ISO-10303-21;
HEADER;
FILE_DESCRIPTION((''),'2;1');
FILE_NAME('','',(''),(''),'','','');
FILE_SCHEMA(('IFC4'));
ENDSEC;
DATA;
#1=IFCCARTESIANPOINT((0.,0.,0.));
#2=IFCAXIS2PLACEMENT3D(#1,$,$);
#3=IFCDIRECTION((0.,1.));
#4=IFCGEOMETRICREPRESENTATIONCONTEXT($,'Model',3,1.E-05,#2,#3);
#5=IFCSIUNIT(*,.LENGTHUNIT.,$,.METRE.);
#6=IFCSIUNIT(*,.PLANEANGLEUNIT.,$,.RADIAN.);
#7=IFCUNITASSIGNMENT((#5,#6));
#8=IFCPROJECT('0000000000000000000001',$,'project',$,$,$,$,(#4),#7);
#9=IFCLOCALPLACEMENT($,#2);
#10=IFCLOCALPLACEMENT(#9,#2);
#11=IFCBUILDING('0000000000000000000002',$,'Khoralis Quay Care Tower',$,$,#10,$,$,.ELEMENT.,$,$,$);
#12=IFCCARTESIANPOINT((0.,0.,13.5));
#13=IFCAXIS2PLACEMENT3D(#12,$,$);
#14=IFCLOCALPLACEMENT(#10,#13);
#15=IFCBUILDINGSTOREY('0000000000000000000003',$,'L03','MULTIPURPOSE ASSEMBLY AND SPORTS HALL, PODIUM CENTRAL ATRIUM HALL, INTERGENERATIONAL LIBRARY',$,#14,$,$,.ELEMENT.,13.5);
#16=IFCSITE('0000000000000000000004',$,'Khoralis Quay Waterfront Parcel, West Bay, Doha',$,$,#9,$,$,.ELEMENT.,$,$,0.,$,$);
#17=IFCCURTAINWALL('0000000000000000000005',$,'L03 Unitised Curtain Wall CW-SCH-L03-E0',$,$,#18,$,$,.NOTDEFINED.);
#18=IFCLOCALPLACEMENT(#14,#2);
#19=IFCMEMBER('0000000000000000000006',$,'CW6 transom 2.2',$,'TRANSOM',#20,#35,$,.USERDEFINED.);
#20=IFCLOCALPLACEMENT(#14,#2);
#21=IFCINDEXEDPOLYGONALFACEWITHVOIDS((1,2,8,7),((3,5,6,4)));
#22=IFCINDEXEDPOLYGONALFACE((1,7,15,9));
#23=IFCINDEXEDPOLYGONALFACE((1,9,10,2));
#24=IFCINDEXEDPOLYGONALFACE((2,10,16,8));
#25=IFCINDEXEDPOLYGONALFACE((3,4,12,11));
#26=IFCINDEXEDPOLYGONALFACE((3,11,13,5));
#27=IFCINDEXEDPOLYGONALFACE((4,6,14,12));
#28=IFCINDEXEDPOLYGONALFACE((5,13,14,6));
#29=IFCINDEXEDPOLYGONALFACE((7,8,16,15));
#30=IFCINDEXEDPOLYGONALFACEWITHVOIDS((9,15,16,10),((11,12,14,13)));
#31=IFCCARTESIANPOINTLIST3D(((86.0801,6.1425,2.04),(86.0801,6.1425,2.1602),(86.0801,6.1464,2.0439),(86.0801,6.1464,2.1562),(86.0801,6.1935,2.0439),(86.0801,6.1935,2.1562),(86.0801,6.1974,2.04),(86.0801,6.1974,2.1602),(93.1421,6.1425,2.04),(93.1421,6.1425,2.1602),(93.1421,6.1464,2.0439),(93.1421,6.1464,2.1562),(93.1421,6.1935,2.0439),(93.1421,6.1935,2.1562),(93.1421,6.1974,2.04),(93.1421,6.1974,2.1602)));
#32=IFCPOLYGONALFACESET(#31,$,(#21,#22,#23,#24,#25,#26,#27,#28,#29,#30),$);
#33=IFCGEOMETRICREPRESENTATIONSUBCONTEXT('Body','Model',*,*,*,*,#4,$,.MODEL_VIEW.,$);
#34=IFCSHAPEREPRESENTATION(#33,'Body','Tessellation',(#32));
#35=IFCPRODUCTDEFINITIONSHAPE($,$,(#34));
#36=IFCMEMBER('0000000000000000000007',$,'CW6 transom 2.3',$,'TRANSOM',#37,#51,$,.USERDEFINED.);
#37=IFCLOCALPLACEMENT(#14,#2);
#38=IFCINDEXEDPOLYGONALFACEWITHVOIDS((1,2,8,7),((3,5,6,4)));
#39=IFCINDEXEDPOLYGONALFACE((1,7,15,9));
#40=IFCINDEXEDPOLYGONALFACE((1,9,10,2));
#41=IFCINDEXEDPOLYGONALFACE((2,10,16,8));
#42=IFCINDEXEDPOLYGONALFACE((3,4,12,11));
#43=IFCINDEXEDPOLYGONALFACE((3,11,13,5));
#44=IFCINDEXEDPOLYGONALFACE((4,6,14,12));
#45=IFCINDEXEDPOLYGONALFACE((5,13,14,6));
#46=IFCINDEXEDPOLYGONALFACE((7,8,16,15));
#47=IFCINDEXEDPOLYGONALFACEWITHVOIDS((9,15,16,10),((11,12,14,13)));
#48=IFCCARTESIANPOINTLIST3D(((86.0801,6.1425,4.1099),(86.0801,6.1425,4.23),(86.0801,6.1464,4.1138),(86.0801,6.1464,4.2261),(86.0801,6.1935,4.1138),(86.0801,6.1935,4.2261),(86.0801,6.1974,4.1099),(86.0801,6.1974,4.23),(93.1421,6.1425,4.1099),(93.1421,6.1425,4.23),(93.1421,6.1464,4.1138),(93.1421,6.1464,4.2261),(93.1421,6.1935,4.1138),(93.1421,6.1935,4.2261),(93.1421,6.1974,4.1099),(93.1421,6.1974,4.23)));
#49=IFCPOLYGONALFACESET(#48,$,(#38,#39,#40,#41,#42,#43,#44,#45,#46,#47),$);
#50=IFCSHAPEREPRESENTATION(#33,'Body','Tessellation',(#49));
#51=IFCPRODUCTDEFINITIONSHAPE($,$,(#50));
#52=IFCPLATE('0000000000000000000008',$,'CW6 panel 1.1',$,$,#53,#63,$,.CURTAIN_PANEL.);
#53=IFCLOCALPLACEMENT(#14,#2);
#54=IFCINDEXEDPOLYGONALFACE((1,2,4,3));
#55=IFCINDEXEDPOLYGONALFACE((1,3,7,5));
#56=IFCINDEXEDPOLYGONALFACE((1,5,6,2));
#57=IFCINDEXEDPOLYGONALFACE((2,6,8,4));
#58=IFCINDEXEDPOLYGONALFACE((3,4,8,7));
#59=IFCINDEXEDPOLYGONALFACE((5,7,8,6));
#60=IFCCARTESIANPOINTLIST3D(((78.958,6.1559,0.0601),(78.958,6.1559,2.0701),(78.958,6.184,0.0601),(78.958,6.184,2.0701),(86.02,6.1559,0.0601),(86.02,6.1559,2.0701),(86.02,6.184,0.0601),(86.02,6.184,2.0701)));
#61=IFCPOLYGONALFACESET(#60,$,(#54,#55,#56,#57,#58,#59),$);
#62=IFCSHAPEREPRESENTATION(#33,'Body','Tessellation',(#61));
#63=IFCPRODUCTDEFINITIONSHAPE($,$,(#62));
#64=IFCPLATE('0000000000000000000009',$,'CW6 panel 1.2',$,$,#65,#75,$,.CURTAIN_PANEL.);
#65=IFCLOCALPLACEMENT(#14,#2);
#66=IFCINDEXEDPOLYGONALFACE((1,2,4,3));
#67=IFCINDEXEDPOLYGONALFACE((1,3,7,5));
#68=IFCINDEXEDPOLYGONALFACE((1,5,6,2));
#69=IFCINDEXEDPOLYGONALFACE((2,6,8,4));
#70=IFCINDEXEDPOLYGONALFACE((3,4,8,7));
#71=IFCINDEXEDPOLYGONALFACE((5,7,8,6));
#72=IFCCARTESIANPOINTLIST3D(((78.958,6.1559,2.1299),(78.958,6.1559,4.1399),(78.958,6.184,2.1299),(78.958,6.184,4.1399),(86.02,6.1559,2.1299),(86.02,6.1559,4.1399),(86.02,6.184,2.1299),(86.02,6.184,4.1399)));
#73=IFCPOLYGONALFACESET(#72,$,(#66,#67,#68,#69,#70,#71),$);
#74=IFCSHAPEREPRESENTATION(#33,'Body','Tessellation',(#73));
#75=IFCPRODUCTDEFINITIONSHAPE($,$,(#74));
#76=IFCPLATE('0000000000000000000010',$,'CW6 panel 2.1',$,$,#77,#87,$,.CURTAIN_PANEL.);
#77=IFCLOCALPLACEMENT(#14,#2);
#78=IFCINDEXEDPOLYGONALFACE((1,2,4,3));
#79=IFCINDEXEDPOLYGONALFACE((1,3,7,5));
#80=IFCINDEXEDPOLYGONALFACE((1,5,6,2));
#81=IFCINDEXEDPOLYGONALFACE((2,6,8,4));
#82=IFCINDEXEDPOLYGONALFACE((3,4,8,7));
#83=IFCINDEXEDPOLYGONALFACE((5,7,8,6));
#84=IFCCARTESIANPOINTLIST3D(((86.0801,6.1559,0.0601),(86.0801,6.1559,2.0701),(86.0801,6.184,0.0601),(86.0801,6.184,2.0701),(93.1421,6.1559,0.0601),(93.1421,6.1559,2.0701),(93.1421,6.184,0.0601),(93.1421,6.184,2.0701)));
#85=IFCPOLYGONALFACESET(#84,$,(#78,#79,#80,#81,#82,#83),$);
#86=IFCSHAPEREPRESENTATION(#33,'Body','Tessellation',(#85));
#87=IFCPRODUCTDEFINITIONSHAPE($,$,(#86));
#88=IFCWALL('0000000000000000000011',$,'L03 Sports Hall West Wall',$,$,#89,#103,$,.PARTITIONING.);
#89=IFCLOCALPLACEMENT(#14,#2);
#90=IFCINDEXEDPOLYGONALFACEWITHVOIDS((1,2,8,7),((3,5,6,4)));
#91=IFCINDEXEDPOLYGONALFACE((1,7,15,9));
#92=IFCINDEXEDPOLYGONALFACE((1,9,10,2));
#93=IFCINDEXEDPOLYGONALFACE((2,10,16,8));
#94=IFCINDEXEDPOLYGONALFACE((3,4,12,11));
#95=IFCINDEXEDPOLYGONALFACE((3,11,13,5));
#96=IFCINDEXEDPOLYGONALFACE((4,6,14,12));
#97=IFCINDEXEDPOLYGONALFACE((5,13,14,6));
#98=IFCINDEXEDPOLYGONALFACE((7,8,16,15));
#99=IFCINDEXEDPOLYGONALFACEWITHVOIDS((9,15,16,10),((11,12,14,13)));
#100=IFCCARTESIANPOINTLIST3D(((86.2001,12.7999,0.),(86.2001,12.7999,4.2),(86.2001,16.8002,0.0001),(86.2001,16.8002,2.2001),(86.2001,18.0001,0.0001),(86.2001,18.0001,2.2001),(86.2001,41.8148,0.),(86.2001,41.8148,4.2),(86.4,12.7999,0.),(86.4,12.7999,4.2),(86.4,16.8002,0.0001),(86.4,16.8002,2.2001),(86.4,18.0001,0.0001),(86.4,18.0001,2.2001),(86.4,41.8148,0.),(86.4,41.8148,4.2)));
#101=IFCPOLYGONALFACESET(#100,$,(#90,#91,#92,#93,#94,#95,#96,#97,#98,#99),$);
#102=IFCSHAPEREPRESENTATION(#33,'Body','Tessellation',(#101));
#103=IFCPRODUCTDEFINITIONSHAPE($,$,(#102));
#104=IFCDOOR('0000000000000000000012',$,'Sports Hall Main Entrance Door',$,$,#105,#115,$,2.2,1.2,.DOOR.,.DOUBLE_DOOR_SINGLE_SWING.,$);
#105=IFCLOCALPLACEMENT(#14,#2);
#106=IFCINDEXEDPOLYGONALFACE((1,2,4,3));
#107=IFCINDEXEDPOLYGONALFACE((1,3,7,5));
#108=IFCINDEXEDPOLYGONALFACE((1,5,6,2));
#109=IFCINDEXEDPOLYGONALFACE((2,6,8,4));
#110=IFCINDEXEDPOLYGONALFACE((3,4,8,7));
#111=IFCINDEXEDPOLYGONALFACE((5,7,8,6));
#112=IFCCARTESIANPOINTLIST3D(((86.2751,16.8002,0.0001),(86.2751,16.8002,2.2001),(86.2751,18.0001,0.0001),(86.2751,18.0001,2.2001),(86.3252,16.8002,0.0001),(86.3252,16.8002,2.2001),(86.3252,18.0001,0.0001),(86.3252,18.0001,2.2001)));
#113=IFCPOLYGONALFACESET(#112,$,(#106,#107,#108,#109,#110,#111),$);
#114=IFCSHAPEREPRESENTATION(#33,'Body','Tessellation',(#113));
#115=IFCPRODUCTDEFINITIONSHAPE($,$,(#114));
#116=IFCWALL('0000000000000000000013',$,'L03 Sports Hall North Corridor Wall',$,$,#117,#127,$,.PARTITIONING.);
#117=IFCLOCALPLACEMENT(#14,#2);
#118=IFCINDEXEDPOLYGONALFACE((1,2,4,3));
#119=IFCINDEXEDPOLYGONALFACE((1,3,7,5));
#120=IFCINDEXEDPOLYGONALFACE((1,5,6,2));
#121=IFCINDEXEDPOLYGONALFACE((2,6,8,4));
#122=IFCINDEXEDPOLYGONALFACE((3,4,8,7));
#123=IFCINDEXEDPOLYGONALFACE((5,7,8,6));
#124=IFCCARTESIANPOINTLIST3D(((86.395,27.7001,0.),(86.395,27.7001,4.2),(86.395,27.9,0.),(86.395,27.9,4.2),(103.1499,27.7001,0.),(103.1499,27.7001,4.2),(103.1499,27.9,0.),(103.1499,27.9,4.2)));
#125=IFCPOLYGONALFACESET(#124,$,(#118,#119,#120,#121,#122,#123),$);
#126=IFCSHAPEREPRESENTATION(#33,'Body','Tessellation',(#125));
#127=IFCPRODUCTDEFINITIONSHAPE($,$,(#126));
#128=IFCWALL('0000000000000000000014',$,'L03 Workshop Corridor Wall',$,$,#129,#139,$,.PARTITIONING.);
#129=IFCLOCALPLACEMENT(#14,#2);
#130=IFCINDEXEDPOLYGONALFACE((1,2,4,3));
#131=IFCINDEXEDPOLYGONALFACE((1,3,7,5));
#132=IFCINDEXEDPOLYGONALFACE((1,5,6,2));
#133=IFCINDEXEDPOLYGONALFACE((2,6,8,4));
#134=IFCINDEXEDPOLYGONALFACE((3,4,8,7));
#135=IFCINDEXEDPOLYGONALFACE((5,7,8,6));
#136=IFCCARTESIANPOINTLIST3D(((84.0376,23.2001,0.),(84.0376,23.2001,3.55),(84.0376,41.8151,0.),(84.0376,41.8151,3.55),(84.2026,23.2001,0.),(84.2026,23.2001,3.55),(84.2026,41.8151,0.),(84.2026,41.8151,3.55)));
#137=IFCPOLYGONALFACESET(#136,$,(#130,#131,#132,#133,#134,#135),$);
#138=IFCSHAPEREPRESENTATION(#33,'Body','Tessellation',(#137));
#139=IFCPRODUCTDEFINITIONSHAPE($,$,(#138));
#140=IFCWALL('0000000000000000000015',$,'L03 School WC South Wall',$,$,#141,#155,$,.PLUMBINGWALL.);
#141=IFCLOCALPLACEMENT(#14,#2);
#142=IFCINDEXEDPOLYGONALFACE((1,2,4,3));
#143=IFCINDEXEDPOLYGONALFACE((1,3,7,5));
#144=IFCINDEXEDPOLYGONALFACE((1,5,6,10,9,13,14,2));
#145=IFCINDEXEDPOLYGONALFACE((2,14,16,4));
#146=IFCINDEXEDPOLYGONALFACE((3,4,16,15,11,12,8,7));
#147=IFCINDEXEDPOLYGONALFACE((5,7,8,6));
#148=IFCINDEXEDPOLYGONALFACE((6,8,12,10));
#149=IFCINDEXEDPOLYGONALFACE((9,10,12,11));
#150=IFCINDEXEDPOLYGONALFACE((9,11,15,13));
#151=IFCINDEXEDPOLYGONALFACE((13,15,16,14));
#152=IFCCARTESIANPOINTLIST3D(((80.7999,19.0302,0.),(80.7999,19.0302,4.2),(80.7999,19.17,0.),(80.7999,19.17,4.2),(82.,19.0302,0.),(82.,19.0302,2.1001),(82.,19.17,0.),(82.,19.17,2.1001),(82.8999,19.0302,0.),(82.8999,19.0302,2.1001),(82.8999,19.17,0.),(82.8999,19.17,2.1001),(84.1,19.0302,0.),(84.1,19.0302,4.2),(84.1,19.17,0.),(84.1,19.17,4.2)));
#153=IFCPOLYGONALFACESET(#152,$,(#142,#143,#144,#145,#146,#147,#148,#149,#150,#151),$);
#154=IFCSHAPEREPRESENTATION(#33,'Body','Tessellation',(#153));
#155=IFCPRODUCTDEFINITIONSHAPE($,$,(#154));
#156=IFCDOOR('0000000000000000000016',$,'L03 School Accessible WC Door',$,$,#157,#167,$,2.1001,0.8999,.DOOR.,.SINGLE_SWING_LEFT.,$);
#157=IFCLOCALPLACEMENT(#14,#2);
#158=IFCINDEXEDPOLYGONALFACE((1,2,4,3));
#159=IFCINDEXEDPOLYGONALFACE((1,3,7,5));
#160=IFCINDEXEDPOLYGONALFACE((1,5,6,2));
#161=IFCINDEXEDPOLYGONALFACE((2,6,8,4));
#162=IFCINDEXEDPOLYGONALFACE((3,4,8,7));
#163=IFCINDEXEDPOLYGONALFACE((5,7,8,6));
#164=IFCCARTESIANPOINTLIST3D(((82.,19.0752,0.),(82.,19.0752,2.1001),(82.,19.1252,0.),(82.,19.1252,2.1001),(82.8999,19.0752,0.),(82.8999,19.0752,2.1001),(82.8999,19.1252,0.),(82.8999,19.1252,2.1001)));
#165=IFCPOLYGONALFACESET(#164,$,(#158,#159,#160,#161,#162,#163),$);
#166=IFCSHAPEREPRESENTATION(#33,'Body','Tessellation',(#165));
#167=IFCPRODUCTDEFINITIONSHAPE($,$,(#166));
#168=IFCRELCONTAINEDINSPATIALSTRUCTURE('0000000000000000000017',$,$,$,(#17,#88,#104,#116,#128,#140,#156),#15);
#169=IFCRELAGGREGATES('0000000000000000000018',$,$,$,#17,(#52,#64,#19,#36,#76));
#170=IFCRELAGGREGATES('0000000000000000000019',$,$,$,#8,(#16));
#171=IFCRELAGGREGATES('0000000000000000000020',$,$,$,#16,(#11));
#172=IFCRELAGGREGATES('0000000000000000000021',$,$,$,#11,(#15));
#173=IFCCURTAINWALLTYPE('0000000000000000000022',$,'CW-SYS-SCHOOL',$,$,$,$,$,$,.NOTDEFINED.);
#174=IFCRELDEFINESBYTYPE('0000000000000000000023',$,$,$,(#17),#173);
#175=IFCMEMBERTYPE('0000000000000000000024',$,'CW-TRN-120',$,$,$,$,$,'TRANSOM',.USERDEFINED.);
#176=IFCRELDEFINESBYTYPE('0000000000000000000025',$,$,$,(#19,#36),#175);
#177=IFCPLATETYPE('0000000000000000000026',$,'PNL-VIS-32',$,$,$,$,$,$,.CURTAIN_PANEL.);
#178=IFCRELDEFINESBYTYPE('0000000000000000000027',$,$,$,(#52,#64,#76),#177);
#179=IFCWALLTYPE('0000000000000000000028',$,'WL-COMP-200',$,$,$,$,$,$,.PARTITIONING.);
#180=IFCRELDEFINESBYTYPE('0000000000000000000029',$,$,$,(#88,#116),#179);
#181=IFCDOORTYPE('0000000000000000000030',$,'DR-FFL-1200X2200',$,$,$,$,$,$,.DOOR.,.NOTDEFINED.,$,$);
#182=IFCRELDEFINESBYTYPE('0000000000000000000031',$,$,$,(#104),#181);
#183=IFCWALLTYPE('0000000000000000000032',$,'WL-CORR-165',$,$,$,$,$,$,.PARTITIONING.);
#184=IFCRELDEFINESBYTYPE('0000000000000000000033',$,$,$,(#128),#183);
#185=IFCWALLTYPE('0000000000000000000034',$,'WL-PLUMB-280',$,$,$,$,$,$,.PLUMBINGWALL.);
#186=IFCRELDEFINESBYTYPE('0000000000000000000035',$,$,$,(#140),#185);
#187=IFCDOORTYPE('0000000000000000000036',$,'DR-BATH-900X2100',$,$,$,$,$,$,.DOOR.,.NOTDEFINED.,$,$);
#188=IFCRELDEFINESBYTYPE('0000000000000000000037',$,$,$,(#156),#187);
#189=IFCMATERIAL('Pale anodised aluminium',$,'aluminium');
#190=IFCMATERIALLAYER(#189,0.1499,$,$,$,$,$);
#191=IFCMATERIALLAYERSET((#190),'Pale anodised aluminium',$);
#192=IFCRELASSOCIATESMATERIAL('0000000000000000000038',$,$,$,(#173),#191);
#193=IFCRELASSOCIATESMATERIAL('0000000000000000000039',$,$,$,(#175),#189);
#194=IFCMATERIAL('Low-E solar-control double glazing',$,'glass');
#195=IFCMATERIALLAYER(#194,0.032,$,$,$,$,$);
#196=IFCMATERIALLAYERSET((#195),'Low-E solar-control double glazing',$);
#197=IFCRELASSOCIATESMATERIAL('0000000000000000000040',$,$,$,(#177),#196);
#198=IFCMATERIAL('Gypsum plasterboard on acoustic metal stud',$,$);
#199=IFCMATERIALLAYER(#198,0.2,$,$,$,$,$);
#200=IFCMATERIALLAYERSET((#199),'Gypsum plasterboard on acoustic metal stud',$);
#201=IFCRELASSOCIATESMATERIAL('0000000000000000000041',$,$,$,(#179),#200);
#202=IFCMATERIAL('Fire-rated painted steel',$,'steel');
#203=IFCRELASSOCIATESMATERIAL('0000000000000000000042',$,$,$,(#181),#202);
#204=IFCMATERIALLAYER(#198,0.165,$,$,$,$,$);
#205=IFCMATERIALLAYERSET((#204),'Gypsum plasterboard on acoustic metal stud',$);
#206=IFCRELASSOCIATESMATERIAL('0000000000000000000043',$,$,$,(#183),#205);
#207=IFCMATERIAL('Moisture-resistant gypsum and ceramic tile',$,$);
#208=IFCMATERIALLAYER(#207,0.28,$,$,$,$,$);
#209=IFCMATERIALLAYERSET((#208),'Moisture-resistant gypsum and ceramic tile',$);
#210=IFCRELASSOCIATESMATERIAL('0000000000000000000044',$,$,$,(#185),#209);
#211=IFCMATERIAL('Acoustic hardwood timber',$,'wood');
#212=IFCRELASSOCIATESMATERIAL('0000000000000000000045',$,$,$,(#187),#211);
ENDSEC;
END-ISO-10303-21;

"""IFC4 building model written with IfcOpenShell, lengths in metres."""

from ifc_helpers import new_model, si_unit, direction, frame, frame_2d, origin, origin_2d, place, context, subcontext, project, spatial, rectangle, hollow_rectangle, extrude, source, transform, mapped, material, layer, layer_set, material_profile, profile_set, type_object, element, fill, aggregate, save


model = new_model("IFC4")

# Units and contexts
model_context = context("Model", 3, precision=1e-05, world=origin(), true_north=direction((0.0, 1.0)))
body_context = subcontext(model_context, "Body", "Model", "MODEL_VIEW")
ifc_project = project(units=[si_unit("LENGTHUNIT", "METRE"), si_unit("PLANEANGLEUNIT", "RADIAN")], contexts=[model_context])

# Site, building, storey
site_placement = place(None, origin())
site = spatial("IfcSite", under=ifc_project, at=site_placement, Name="Khoralis Quay Waterfront Parcel, West Bay, Doha", CompositionType="ELEMENT", RefElevation=0.0)
building_placement = place(site_placement, origin())
building = spatial("IfcBuilding", under=site, at=building_placement, Name="Khoralis Quay Care Tower", CompositionType="ELEMENT")
storey_placement = place(building_placement, frame((0.0, 0.0, 13.5)))
storey = spatial("IfcBuildingStorey", under=building, at=storey_placement, Name="L03", Description="MULTIPURPOSE ASSEMBLY AND SPORTS HALL, PODIUM CENTRAL ATRIUM HALL, INTERGENERATIONAL LIBRARY", CompositionType="ELEMENT", Elevation=13.5)

# Curtain wall, members, plates
ifc_material_1 = material(Name="Pale anodised aluminium", Category="aluminium")
ifc_layer_1 = layer(ifc_material_1, 0.1499)
ifc_layer_set_1 = layer_set([ifc_layer_1], Name="Pale anodised aluminium")
curtain_wall_type = type_object("IfcCurtainWallType", Name="CW-SYS-SCHOOL", PredefinedType="NOTDEFINED", material=ifc_layer_set_1)
curtain_wall_placement = place(storey_placement, origin())
curtain_wall = element("IfcCurtainWall", 1, at=curtain_wall_placement, inside=storey, type_object=curtain_wall_type, Name="L03 Unitised Curtain Wall CW-SCH-L03-E0", PredefinedType="NOTDEFINED")
ifc_material_profile_1 = material_profile(ifc_material_1, hollow_rectangle(XDim=0.0549, YDim=0.1201, WallThickness=0.0039, at=origin_2d()), Name="Pale anodised aluminium")
ifc_profile_set_1 = profile_set([ifc_material_profile_1], Name="Pale anodised aluminium")
member_type_1 = type_object("IfcMemberType", Name="CW-TRN-120", ElementType="TRANSOM", PredefinedType="USERDEFINED", material=ifc_profile_set_1)
shared_shape_1 = source(origin(), body_context, "Body", "SweptSolid", [
    extrude(hollow_rectangle(XDim=0.0549, YDim=0.1201, WallThickness=0.0039, at=origin_2d()), origin(), (0.0, 0.0, 1.0), 7.062),
])
member_1_placement = place(storey_placement, frame((86.0801, 6.1699, 2.1001), z_axis=(1.0, 0.0, 0.0), x_axis=(0.0, 1.0, 0.0)))
member_1 = element("IfcMember", 2, at=member_1_placement, type_object=member_type_1, Name="CW6 transom 2.2", ObjectType="TRANSOM", PredefinedType="USERDEFINED", context=body_context, shape_type="MappedRepresentation", body=[
    mapped(shared_shape_1, transform((0.0, 0.0, 0.0), scale=1.0)),
])
member_2_placement = place(storey_placement, frame((86.0801, 6.1699, 4.1699), z_axis=(1.0, 0.0, 0.0), x_axis=(0.0, 1.0, 0.0)))
member_2 = element("IfcMember", 3, at=member_2_placement, type_object=member_type_1, Name="CW6 transom 2.3", ObjectType="TRANSOM", PredefinedType="USERDEFINED", context=body_context, shape_type="MappedRepresentation", body=[
    mapped(shared_shape_1, transform((0.0, 0.0, 0.0), scale=1.0)),
])
ifc_material_2 = material(Name="Low-E solar-control double glazing", Category="glass")
ifc_layer_2 = layer(ifc_material_2, 0.032)
ifc_layer_set_2 = layer_set([ifc_layer_2], Name="Low-E solar-control double glazing")
plate_type = type_object("IfcPlateType", Name="PNL-VIS-32", PredefinedType="CURTAIN_PANEL", material=ifc_layer_set_2)
shared_shape_2 = source(origin(), body_context, "Body", "SweptSolid", [
    extrude(rectangle(XDim=7.062, YDim=0.0281, at=origin_2d()), origin(), (0.0, 0.0, 1.0), 2.01),
])
plate_1_placement = place(storey_placement, frame((82.489, 6.1699, 0.0601), z_axis=(0.0, 0.0, 1.0), x_axis=(1.0, 0.0, 0.0)))
plate_1 = element("IfcPlate", 4, at=plate_1_placement, type_object=plate_type, Name="CW6 panel 1.1", PredefinedType="CURTAIN_PANEL", context=body_context, shape_type="MappedRepresentation", body=[
    mapped(shared_shape_2, transform((0.0, 0.0, 0.0), scale=1.0)),
])
plate_2_placement = place(storey_placement, frame((82.489, 6.1699, 2.1299), z_axis=(0.0, 0.0, 1.0), x_axis=(1.0, 0.0, 0.0)))
plate_2 = element("IfcPlate", 5, at=plate_2_placement, type_object=plate_type, Name="CW6 panel 1.2", PredefinedType="CURTAIN_PANEL", context=body_context, shape_type="MappedRepresentation", body=[
    mapped(shared_shape_2, transform((0.0, 0.0, 0.0), scale=1.0)),
])
plate_3_placement = place(storey_placement, frame((89.6111, 6.1699, 0.0601), z_axis=(0.0, 0.0, 1.0), x_axis=(1.0, 0.0, 0.0)))
plate_3 = element("IfcPlate", 6, at=plate_3_placement, type_object=plate_type, Name="CW6 panel 2.1", PredefinedType="CURTAIN_PANEL", context=body_context, shape_type="MappedRepresentation", body=[
    mapped(shared_shape_2, transform((0.0, 0.0, 0.0), scale=1.0)),
])
aggregate(curtain_wall, [plate_1, plate_2, member_1, member_2, plate_3])

# Wall, opening, door
ifc_material_3 = material(Name="Gypsum plasterboard on acoustic metal stud")
ifc_layer_3 = layer(ifc_material_3, 0.2)
ifc_layer_set_3 = layer_set([ifc_layer_3], Name="Gypsum plasterboard on acoustic metal stud")
wall_type_1 = type_object("IfcWallType", Name="WL-COMP-200", PredefinedType="PARTITIONING", material=ifc_layer_set_3)
wall_1_placement = place(storey_placement, frame((86.3, 12.8, 0.0), z_axis=(0.0, 0.0, 1.0), x_axis=(0.0, 1.0, 0.0)))
wall_1 = element("IfcWall", 7, at=wall_1_placement, inside=storey, type_object=wall_type_1, Name="L03 Sports Hall West Wall", PredefinedType="PARTITIONING", context=body_context, shape_type="SweptSolid", body=[
    extrude(rectangle(XDim=29.0149, YDim=0.2, at=frame_2d((14.5073, 0.0))), origin(), (0.0, 0.0, 1.0), 4.2),
])
opening_1_placement = place(wall_1_placement, frame((4.0, 0.0, 0.0)))
opening_1 = element("IfcOpeningElement", 8, at=opening_1_placement, cuts=wall_1, PredefinedType="OPENING", context=body_context, shape_type="SweptSolid", body=[
    extrude(rectangle(XDim=1.2, YDim=2.2, at=frame_2d((0.6001, 1.1001))), frame((0.0, 0.1099, 0.0), z_axis=(0.0, -1.0, 0.0), x_axis=(1.0, 0.0, 0.0)), (0.0, 0.0, 1.0), 0.22),
])
ifc_material_4 = material(Name="Fire-rated painted steel", Category="steel")
door_type_1 = type_object("IfcDoorType", Name="DR-FFL-1200X2200", OperationType="NOTDEFINED", PredefinedType="DOOR", material=ifc_material_4)
shared_shape_3 = source(origin(), body_context, "Body", "SweptSolid", [
    extrude(rectangle(XDim=1.2, YDim=2.2, at=frame_2d((0.6001, 1.1001))), frame((0.0, 0.0249, 0.0), z_axis=(0.0, -1.0, 0.0), x_axis=(1.0, 0.0, 0.0)), (0.0, 0.0, 1.0), 0.05),
])
door_1_placement = place(opening_1_placement, origin())
door_1 = element("IfcDoor", 9, at=door_1_placement, inside=storey, type_object=door_type_1, Name="Sports Hall Main Entrance Door", OperationType="DOUBLE_DOOR_SINGLE_SWING", OverallHeight=2.2, OverallWidth=1.2, PredefinedType="DOOR", context=body_context, shape_type="MappedRepresentation", body=[
    mapped(shared_shape_3, transform((0.0, 0.0, 0.0), scale=1.0)),
])
fill(opening_1, door_1)

# Walls
wall_2_placement = place(storey_placement, frame((86.395, 27.8, 0.0), z_axis=(0.0, 0.0, 1.0), x_axis=(1.0, 0.0, 0.0)))
element("IfcWall", 10, at=wall_2_placement, inside=storey, type_object=wall_type_1, Name="L03 Sports Hall North Corridor Wall", PredefinedType="PARTITIONING", context=body_context, shape_type="SweptSolid", body=[
    extrude(rectangle(XDim=16.7549, YDim=0.2, at=frame_2d((8.3774, 0.0))), origin(), (0.0, 0.0, 1.0), 4.2),
])
ifc_layer_4 = layer(ifc_material_3, 0.165)
ifc_layer_set_4 = layer_set([ifc_layer_4], Name="Gypsum plasterboard on acoustic metal stud")
wall_type_2 = type_object("IfcWallType", Name="WL-CORR-165", PredefinedType="PARTITIONING", material=ifc_layer_set_4)
wall_3_placement = place(storey_placement, frame((84.1201, 23.2, 0.0), z_axis=(0.0, 0.0, 1.0), x_axis=(0.0, 1.0, 0.0)))
element("IfcWall", 11, at=wall_3_placement, inside=storey, type_object=wall_type_2, Name="L03 Workshop Corridor Wall", PredefinedType="PARTITIONING", context=body_context, shape_type="SweptSolid", body=[
    extrude(rectangle(XDim=18.615, YDim=0.165, at=frame_2d((9.3076, 0.0))), origin(), (0.0, 0.0, 1.0), 3.55),
])

# Wall, opening, door
ifc_material_5 = material(Name="Moisture-resistant gypsum and ceramic tile")
ifc_layer_5 = layer(ifc_material_5, 0.28)
ifc_layer_set_5 = layer_set([ifc_layer_5], Name="Moisture-resistant gypsum and ceramic tile")
wall_type_3 = type_object("IfcWallType", Name="WL-PLUMB-280", PredefinedType="PLUMBINGWALL", material=ifc_layer_set_5)
wall_4_placement = place(storey_placement, frame((80.8, 19.1001, 0.0), z_axis=(0.0, 0.0, 1.0), x_axis=(1.0, 0.0, 0.0)))
wall_4 = element("IfcWall", 12, at=wall_4_placement, inside=storey, type_object=wall_type_3, Name="L03 School WC South Wall", PredefinedType="PLUMBINGWALL", context=body_context, shape_type="SweptSolid", body=[
    extrude(rectangle(XDim=3.3, YDim=0.1399, at=frame_2d((1.6499, 0.0))), origin(), (0.0, 0.0, 1.0), 4.2),
])
opening_2_placement = place(wall_4_placement, frame((1.2, 0.0, 0.0)))
opening_2 = element("IfcOpeningElement", 13, at=opening_2_placement, cuts=wall_4, PredefinedType="OPENING", context=body_context, shape_type="SweptSolid", body=[
    extrude(rectangle(XDim=0.8999, YDim=2.1001, at=frame_2d((0.45, 1.05))), frame((0.0, 0.0801, 0.0), z_axis=(0.0, -1.0, 0.0), x_axis=(1.0, 0.0, 0.0)), (0.0, 0.0, 1.0), 0.1599),
])
ifc_material_6 = material(Name="Acoustic hardwood timber", Category="wood")
door_type_2 = type_object("IfcDoorType", Name="DR-BATH-900X2100", OperationType="NOTDEFINED", PredefinedType="DOOR", material=ifc_material_6)
shared_shape_4 = source(origin(), body_context, "Body", "SweptSolid", [
    extrude(rectangle(XDim=0.8999, YDim=2.1001, at=frame_2d((0.45, 1.05))), frame((0.0, 0.0249, 0.0), z_axis=(0.0, -1.0, 0.0), x_axis=(1.0, 0.0, 0.0)), (0.0, 0.0, 1.0), 0.05),
])
door_2_placement = place(opening_2_placement, frame((0.8999, 0.0, 0.0), z_axis=(0.0, 0.0, 1.0), x_axis=(-1.0, 0.0, 0.0)))
door_2 = element("IfcDoor", 14, at=door_2_placement, inside=storey, type_object=door_type_2, Name="L03 School Accessible WC Door", OperationType="SINGLE_SWING_LEFT", OverallHeight=2.1001, OverallWidth=0.8999, PredefinedType="DOOR", context=body_context, shape_type="MappedRepresentation", body=[
    mapped(shared_shape_4, transform((0.0, 0.0, 0.0), scale=1.0)),
])
fill(opening_2, door_2)

save(model, "model.ifc")
